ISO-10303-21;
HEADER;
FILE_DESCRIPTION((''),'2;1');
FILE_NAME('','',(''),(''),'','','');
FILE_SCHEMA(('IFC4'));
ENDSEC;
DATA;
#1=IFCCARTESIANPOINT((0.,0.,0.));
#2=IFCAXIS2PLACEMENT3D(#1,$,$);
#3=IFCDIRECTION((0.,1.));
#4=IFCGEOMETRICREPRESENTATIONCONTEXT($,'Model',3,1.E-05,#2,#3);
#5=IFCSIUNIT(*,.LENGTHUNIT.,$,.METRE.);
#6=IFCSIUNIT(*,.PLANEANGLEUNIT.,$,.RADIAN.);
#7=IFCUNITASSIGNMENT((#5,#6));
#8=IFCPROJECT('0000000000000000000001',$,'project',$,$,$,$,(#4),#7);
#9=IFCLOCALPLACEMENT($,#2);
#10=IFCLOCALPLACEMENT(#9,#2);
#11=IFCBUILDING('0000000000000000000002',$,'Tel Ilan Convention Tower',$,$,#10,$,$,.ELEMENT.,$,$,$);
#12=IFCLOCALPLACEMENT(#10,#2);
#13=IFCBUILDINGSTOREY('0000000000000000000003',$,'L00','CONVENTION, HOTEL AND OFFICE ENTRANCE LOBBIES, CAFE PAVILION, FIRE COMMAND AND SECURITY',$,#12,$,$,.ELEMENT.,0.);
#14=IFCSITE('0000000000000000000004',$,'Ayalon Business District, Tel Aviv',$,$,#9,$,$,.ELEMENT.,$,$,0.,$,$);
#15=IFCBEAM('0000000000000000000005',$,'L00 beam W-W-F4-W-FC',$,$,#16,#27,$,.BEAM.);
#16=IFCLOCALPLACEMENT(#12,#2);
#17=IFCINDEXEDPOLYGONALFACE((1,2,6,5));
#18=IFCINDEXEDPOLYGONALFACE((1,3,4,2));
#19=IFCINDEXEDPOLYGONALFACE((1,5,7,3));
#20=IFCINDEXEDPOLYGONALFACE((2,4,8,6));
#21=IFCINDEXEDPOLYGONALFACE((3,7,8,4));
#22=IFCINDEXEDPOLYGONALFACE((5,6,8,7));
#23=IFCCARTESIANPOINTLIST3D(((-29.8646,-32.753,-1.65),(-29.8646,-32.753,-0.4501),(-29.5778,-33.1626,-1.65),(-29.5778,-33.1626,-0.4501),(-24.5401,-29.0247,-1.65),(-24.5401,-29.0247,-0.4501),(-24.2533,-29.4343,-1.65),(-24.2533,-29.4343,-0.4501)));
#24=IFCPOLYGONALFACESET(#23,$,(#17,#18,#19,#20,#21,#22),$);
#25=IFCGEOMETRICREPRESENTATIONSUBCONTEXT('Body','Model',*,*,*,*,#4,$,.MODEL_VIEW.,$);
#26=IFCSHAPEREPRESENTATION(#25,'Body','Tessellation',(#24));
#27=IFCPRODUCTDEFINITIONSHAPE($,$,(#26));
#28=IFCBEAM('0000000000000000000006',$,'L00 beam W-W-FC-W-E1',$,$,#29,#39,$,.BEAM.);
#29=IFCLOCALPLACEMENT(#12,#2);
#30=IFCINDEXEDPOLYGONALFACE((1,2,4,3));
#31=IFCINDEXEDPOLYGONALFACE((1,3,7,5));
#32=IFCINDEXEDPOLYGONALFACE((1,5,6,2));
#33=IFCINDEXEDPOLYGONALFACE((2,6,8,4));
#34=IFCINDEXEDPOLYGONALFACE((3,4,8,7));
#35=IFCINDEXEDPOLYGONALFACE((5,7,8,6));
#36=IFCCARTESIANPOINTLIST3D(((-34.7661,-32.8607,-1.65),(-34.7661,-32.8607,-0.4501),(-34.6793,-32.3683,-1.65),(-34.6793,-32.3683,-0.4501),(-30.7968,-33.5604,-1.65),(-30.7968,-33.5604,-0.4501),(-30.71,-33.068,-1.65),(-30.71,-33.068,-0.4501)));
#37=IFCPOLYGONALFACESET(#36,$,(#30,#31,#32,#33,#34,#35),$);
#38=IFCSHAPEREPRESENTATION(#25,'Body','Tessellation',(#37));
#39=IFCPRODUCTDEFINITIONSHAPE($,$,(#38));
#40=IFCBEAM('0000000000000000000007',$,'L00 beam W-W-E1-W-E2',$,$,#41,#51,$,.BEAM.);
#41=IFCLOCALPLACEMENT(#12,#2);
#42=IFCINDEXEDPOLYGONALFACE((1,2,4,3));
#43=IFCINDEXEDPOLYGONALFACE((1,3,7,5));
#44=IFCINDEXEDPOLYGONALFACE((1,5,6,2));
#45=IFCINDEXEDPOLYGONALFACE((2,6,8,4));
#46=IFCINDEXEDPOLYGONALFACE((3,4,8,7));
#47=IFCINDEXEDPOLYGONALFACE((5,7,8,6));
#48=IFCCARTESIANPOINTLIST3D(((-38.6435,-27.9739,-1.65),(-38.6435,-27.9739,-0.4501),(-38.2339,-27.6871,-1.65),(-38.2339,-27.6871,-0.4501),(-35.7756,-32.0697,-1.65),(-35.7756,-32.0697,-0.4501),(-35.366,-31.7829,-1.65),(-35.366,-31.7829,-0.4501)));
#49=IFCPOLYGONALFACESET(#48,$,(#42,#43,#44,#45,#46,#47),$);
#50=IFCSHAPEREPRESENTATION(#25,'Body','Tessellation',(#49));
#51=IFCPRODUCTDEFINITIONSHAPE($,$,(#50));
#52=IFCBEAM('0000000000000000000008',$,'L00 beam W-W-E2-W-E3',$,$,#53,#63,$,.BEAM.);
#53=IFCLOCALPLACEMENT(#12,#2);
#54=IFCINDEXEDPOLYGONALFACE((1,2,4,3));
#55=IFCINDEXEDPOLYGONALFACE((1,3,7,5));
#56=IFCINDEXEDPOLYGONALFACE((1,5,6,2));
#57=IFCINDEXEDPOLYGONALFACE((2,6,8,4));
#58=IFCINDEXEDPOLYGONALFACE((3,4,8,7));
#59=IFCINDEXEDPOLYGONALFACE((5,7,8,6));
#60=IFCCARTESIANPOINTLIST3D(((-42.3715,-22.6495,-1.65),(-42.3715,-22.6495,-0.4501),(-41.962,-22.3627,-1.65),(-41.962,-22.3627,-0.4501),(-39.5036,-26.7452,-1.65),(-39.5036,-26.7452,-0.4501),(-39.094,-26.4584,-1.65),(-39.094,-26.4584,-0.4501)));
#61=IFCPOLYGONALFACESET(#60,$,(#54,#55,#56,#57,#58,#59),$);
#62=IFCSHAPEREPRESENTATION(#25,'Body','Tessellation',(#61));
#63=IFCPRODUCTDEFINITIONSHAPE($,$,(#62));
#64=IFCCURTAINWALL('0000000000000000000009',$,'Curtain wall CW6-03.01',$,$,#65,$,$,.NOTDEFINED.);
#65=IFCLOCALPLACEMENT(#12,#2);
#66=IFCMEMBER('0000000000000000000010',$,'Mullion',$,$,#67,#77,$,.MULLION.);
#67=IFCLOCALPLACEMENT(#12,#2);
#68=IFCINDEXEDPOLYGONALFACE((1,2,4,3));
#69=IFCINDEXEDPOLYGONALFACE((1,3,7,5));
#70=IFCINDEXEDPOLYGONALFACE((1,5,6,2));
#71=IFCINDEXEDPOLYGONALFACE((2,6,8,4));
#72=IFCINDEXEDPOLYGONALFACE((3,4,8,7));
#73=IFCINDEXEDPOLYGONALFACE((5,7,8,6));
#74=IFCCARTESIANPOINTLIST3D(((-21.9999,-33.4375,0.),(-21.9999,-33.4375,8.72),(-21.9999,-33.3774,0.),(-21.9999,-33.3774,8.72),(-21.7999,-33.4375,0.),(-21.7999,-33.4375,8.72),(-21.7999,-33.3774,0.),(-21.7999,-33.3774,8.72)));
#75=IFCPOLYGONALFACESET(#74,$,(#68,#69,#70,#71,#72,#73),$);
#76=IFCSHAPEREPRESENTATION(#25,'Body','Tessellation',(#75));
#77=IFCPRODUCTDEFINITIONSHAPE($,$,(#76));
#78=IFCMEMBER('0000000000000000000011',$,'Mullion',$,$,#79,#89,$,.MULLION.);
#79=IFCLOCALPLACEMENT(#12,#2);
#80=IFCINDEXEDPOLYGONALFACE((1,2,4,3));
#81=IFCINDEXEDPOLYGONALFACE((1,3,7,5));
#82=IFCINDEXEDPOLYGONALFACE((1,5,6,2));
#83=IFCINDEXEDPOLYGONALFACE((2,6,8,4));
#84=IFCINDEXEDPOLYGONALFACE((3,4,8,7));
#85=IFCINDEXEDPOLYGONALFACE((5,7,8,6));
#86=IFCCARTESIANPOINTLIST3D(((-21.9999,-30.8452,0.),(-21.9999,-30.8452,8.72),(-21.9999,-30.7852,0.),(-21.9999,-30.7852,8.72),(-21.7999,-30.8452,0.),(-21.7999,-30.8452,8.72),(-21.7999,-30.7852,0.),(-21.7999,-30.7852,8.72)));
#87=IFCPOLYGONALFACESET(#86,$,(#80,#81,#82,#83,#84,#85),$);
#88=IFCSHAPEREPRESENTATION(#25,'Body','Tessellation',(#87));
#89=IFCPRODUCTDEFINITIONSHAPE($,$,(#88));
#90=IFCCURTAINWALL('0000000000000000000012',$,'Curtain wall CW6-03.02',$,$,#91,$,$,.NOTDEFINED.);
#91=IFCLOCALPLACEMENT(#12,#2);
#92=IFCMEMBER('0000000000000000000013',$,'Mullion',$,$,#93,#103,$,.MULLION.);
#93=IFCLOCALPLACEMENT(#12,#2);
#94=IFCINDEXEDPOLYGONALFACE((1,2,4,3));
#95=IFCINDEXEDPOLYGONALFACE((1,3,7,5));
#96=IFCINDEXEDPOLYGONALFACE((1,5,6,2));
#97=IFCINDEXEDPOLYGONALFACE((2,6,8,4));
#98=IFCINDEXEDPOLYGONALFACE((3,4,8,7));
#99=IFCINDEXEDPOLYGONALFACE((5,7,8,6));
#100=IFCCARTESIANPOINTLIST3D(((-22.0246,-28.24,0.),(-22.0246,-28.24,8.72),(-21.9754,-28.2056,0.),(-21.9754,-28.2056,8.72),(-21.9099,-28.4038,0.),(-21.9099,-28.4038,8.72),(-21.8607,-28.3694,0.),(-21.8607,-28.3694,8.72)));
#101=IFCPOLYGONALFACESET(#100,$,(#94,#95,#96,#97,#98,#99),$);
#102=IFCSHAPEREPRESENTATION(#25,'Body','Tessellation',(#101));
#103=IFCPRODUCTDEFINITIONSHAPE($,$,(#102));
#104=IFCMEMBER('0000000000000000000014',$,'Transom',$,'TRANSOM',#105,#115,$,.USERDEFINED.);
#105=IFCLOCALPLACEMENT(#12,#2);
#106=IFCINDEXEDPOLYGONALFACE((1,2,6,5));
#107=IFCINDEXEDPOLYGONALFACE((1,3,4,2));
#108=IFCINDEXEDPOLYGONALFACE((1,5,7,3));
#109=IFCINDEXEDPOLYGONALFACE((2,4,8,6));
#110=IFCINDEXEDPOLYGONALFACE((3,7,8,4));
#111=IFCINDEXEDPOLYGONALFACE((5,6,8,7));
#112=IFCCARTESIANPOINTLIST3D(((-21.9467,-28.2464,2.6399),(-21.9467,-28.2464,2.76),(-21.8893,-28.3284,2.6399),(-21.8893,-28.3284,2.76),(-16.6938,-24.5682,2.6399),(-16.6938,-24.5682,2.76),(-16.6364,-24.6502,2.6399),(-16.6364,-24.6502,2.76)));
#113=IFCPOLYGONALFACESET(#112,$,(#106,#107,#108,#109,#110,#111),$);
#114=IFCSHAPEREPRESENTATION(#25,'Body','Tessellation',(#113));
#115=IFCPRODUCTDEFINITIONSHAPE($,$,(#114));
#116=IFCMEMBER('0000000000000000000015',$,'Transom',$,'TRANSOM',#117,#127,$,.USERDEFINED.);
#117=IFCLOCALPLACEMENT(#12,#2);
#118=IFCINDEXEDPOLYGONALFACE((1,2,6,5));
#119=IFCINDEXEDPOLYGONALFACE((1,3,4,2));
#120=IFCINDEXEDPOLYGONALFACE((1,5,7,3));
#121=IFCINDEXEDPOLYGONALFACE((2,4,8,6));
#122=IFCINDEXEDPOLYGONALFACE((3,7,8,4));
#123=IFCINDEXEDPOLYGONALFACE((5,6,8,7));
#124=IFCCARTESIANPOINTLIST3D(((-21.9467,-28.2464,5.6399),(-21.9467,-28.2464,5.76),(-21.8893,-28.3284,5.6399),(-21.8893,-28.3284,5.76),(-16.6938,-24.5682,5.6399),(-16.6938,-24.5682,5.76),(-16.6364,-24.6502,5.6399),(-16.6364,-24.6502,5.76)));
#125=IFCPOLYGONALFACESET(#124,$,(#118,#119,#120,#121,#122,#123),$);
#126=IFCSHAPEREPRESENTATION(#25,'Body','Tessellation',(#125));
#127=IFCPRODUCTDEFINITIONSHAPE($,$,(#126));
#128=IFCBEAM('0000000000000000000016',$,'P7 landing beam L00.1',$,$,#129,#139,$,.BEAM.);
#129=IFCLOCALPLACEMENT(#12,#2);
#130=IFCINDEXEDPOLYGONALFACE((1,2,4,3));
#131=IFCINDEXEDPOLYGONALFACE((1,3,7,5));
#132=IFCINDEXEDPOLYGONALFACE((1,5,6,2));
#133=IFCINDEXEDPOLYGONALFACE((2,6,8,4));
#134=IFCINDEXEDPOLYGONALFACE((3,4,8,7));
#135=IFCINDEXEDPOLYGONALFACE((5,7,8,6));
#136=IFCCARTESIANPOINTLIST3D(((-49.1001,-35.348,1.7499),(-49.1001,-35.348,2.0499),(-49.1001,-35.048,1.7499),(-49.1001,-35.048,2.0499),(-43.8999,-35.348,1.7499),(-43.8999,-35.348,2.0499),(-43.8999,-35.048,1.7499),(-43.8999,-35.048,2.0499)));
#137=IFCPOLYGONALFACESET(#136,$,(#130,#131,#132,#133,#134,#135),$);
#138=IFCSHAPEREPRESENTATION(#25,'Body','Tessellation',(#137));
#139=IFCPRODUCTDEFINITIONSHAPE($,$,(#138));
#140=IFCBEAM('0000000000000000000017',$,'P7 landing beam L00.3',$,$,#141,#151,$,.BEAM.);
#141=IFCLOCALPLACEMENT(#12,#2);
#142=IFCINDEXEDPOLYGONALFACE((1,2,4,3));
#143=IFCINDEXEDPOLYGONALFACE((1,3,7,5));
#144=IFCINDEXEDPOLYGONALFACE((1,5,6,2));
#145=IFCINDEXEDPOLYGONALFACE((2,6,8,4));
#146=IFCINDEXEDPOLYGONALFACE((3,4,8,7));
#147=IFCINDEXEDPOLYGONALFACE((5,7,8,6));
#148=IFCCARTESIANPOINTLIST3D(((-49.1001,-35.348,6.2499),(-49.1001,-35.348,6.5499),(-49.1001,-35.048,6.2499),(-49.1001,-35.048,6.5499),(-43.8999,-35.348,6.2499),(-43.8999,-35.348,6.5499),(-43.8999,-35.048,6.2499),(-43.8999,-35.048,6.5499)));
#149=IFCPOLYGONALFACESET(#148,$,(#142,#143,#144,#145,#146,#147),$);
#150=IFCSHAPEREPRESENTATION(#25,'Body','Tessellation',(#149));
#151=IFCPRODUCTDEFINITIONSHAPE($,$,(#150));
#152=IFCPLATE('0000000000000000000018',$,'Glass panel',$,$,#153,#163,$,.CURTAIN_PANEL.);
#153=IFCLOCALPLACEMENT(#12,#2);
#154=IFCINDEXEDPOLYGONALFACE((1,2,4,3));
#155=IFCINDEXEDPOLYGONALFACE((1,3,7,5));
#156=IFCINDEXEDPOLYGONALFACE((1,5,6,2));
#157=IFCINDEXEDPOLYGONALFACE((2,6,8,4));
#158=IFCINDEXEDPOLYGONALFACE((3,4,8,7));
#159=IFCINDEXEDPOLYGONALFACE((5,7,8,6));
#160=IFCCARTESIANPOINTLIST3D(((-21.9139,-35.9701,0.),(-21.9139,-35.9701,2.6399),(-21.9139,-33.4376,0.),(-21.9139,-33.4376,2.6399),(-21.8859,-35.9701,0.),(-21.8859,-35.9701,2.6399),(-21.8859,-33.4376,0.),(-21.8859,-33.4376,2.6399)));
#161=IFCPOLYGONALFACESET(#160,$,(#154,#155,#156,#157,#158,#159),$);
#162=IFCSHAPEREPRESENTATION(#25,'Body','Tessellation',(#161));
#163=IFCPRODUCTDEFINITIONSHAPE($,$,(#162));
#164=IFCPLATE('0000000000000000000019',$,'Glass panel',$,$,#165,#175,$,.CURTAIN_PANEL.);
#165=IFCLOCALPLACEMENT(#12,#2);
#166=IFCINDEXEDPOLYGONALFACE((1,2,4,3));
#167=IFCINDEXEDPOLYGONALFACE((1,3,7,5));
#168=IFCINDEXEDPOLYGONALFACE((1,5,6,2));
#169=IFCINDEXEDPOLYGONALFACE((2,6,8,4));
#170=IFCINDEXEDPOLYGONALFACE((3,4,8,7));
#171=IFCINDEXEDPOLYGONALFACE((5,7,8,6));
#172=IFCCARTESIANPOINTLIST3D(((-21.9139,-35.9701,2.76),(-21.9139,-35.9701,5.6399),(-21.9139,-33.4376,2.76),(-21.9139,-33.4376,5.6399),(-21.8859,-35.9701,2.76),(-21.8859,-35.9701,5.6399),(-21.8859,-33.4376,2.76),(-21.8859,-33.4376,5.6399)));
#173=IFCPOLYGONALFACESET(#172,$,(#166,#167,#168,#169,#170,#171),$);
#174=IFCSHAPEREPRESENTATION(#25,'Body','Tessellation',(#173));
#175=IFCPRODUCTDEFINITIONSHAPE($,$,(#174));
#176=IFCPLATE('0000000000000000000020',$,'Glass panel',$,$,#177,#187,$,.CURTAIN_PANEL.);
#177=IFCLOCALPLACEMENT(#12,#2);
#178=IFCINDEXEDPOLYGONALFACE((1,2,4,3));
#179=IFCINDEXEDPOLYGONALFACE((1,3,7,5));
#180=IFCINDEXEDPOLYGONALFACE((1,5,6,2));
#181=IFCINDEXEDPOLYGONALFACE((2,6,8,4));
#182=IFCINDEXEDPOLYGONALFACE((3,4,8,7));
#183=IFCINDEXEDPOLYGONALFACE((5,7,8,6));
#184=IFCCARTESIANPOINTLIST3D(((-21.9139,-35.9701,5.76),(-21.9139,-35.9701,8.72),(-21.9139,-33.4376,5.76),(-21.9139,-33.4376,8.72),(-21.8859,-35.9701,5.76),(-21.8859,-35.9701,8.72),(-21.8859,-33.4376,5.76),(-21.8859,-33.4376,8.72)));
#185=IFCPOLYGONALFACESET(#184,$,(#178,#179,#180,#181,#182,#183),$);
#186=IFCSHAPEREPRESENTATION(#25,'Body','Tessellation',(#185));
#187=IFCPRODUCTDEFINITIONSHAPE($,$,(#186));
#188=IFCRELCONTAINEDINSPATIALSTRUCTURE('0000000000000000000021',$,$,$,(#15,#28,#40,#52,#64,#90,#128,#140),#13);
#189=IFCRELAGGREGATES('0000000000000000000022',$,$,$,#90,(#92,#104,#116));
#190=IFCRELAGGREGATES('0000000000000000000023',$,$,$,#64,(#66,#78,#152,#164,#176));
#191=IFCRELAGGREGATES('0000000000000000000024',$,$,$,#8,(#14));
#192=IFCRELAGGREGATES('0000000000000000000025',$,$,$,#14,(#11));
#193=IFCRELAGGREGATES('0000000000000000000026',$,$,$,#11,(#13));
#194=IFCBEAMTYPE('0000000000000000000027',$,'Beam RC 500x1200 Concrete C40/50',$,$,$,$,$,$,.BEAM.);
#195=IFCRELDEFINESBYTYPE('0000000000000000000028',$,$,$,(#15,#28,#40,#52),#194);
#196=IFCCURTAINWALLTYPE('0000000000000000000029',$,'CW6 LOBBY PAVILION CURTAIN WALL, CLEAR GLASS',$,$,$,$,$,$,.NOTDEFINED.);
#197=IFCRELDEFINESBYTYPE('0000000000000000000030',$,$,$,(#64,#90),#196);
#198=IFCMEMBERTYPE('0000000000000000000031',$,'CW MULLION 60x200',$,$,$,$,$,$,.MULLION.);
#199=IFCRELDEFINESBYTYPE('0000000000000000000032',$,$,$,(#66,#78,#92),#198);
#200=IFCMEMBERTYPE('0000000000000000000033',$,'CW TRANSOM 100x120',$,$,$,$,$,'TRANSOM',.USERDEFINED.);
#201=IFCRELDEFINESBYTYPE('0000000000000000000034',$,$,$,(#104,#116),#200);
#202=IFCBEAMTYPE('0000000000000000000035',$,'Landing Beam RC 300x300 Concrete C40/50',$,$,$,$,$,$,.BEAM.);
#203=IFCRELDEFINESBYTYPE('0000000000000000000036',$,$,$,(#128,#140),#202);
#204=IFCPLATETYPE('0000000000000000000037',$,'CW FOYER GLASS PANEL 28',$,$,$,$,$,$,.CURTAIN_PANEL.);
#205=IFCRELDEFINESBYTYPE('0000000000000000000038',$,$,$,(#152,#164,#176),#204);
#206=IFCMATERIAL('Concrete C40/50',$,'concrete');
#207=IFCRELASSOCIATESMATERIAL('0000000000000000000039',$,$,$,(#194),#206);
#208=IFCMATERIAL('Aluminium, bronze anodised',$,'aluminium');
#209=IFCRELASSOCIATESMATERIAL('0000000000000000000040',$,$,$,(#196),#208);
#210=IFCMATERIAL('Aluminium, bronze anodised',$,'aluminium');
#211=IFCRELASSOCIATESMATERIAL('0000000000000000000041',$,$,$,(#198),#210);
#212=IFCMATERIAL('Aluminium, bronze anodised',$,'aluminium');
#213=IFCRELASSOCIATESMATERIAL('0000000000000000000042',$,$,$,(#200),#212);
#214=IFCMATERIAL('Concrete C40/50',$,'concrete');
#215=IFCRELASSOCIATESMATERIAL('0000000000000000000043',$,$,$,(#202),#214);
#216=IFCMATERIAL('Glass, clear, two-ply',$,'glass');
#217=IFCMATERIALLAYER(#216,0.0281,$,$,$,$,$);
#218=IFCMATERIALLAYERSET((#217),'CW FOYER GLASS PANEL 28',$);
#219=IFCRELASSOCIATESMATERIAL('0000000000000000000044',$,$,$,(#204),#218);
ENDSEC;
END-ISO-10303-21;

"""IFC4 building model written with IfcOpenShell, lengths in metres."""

from ifc_helpers import new_model, si_unit, direction, frame, origin, origin_2d, place, context, subcontext, project, spatial, rectangle, extrude, material, layer, layer_set, material_profile, profile_set, type_object, element, aggregate, save


model = new_model("IFC4")

# Units and contexts
model_context = context("Model", 3, precision=1e-05, world=origin(), true_north=direction((0.0, 1.0)))
body_context = subcontext(model_context, "Body", "Model", "MODEL_VIEW")
ifc_project = project(units=[si_unit("LENGTHUNIT", "METRE"), si_unit("PLANEANGLEUNIT", "RADIAN")], contexts=[model_context])

# Site, building, storey
site_placement = place(None, origin())
site = spatial("IfcSite", under=ifc_project, at=site_placement, Name="Ayalon Business District, Tel Aviv", CompositionType="ELEMENT", RefElevation=0.0)
building_placement = place(site_placement, origin())
building = spatial("IfcBuilding", under=site, at=building_placement, Name="Tel Ilan Convention Tower", CompositionType="ELEMENT")
storey_placement = place(building_placement, origin())
storey = spatial("IfcBuildingStorey", under=building, at=storey_placement, Name="L00", Description="CONVENTION, HOTEL AND OFFICE ENTRANCE LOBBIES, CAFE PAVILION, FIRE COMMAND AND SECURITY", CompositionType="ELEMENT", Elevation=0.0)

# Beams
ifc_material_1 = material(Name="Concrete C40/50", Category="concrete")
ifc_material_profile_1 = material_profile(ifc_material_1, rectangle(XDim=0.5, YDim=1.2, at=origin_2d()), Name="RC 500x1200")
ifc_profile_set_1 = profile_set([ifc_material_profile_1], Name="Concrete C40/50")
beam_type_1 = type_object("IfcBeamType", Name="Beam RC 500x1200 Concrete C40/50", PredefinedType="BEAM", material=ifc_profile_set_1)
beam_1_placement = place(storey_placement, frame((-24.3967, -29.2295, -1.05), z_axis=(-0.819149, -0.573581, 0.0), x_axis=(0.573581, -0.819149, 0.0)))
element("IfcBeam", 1, at=beam_1_placement, inside=storey, type_object=beam_type_1, Name="L00 beam W-W-F4-W-FC", PredefinedType="BEAM", context=body_context, shape_type="SweptSolid", body=[
    extrude(rectangle(XDim=0.5, YDim=1.2, at=origin_2d()), origin(), (0.0, 0.0, 1.0), 6.5),
])
beam_2_placement = place(storey_placement, frame((-30.7534, -33.3142, -1.05), z_axis=(-0.984815, 0.173606, 0.0), x_axis=(-0.173606, -0.984815, 0.0)))
element("IfcBeam", 2, at=beam_2_placement, inside=storey, type_object=beam_type_1, Name="L00 beam W-W-FC-W-E1", PredefinedType="BEAM", context=body_context, shape_type="SweptSolid", body=[
    extrude(rectangle(XDim=0.5, YDim=1.2, at=origin_2d()), origin(), (0.0, 0.0, 1.0), 4.0305),
])
for number, where, z_axis, x_axis, name in (
    (3, (-35.5708, -31.9263, -1.05), (-0.573587, 0.819145, 0.0), (-0.819145, -0.573587, 0.0), "L00 beam W-W-E1-W-E2"),
    (4, (-39.2988, -26.6018, -1.05), (-0.573587, 0.819145, 0.0), (-0.819145, -0.573587, 0.0), "L00 beam W-W-E2-W-E3"),
):
    element("IfcBeam", number, at=place(storey_placement, frame(where, z_axis=z_axis, x_axis=x_axis)), inside=storey, type_object=beam_type_1, Name=name, PredefinedType="BEAM", context=body_context, shape_type="SweptSolid", body=[
        extrude(rectangle(XDim=0.5, YDim=1.2, at=origin_2d()), origin(), (0.0, 0.0, 1.0), 5.0),
    ])

# Curtain walls, members
ifc_material_2 = material(Name="Aluminium, bronze anodised", Category="aluminium")
curtain_wall_type = type_object("IfcCurtainWallType", Name="CW6 LOBBY PAVILION CURTAIN WALL, CLEAR GLASS", PredefinedType="NOTDEFINED", material=ifc_material_2)
curtain_wall_1_placement = place(storey_placement, origin())
curtain_wall_1 = element("IfcCurtainWall", 5, at=curtain_wall_1_placement, inside=storey, type_object=curtain_wall_type, Name="Curtain wall CW6-03.01", PredefinedType="NOTDEFINED")
ifc_material_3 = material(Name="Aluminium, bronze anodised", Category="aluminium")
ifc_material_profile_2 = material_profile(ifc_material_3, rectangle(XDim=0.0601, YDim=0.2, at=origin_2d()), Name="CW MULLION 60x200")
ifc_profile_set_2 = profile_set([ifc_material_profile_2], Name="Aluminium, bronze anodised")
member_type_1 = type_object("IfcMemberType", Name="CW MULLION 60x200", PredefinedType="MULLION", material=ifc_profile_set_2)
member_1_placement = place(storey_placement, frame((-21.8999, -33.4075, 0.0), z_axis=(0.0, 0.0, 1.0), x_axis=(0.0, 1.0, 0.0)))
member_1 = element("IfcMember", 6, at=member_1_placement, type_object=member_type_1, Name="Mullion", PredefinedType="MULLION", context=body_context, shape_type="SweptSolid", body=[
    extrude(rectangle(XDim=0.0601, YDim=0.2, at=origin_2d()), origin(), (0.0, 0.0, 1.0), 8.72),
])
member_2_placement = place(storey_placement, frame((-21.8999, -30.8152, 0.0), z_axis=(0.0, 0.0, 1.0), x_axis=(0.0, 1.0, 0.0)))
member_2 = element("IfcMember", 7, at=member_2_placement, type_object=member_type_1, Name="Mullion", PredefinedType="MULLION", context=body_context, shape_type="SweptSolid", body=[
    extrude(rectangle(XDim=0.0601, YDim=0.2, at=origin_2d()), origin(), (0.0, 0.0, 1.0), 8.72),
])
curtain_wall_2_placement = place(storey_placement, origin())
curtain_wall_2 = element("IfcCurtainWall", 8, at=curtain_wall_2_placement, inside=storey, type_object=curtain_wall_type, Name="Curtain wall CW6-03.02", PredefinedType="NOTDEFINED")
member_3_placement = place(storey_placement, frame((-21.9426, -28.3047, 0.0), z_axis=(0.0, 0.0, 1.0), x_axis=(0.819152, 0.573576, 0.0)))
member_3 = element("IfcMember", 9, at=member_3_placement, type_object=member_type_1, Name="Mullion", PredefinedType="MULLION", context=body_context, shape_type="SweptSolid", body=[
    extrude(rectangle(XDim=0.0601, YDim=0.2, at=origin_2d()), origin(), (0.0, 0.0, 1.0), 8.72),
])
ifc_material_4 = material(Name="Aluminium, bronze anodised", Category="aluminium")
ifc_material_profile_3 = material_profile(ifc_material_4, rectangle(XDim=0.1001, YDim=0.1201, at=origin_2d()), Name="CW TRANSOM 100x120")
ifc_profile_set_3 = profile_set([ifc_material_profile_3], Name="Aluminium, bronze anodised")
member_type_2 = type_object("IfcMemberType", Name="CW TRANSOM 100x120", ElementType="TRANSOM", PredefinedType="USERDEFINED", material=ifc_profile_set_3)
member_4_placement = place(storey_placement, frame((-21.918, -28.2874, 2.7), z_axis=(0.819146, 0.573585, 0.0), x_axis=(-0.573585, 0.819146, 0.0)))
member_4 = element("IfcMember", 10, at=member_4_placement, type_object=member_type_2, Name="Transom", ObjectType="TRANSOM", PredefinedType="USERDEFINED", context=body_context, shape_type="SweptSolid", body=[
    extrude(rectangle(XDim=0.1001, YDim=0.1201, at=origin_2d()), origin(), (0.0, 0.0, 1.0), 6.4126),
])
member_5_placement = place(storey_placement, frame((-21.918, -28.2874, 5.7), z_axis=(0.819146, 0.573585, 0.0), x_axis=(-0.573585, 0.819146, 0.0)))
member_5 = element("IfcMember", 11, at=member_5_placement, type_object=member_type_2, Name="Transom", ObjectType="TRANSOM", PredefinedType="USERDEFINED", context=body_context, shape_type="SweptSolid", body=[
    extrude(rectangle(XDim=0.1001, YDim=0.1201, at=origin_2d()), origin(), (0.0, 0.0, 1.0), 6.4126),
])
aggregate(curtain_wall_2, [member_3, member_4, member_5])

# Beams
ifc_material_5 = material(Name="Concrete C40/50", Category="concrete")
ifc_material_profile_4 = material_profile(ifc_material_5, rectangle(XDim=0.3, YDim=0.3, at=origin_2d()), Name="RC 300x300")
ifc_profile_set_4 = profile_set([ifc_material_profile_4], Name="Concrete C40/50")
beam_type_2 = type_object("IfcBeamType", Name="Landing Beam RC 300x300 Concrete C40/50", PredefinedType="BEAM", material=ifc_profile_set_4)
for number, where, z_axis, x_axis, name in (
    (12, (-43.8999, -35.198, 1.8999), (-1.0, 0.0, 0.0), (0.0, -1.0, 0.0), "P7 landing beam L00.1"),
    (13, (-43.8999, -35.198, 6.3999), (-1.0, 0.0, 0.0), (0.0, -1.0, 0.0), "P7 landing beam L00.3"),
):
    element("IfcBeam", number, at=place(storey_placement, frame(where, z_axis=z_axis, x_axis=x_axis)), inside=storey, type_object=beam_type_2, Name=name, PredefinedType="BEAM", context=body_context, shape_type="SweptSolid", body=[
        extrude(rectangle(XDim=0.3, YDim=0.3, at=origin_2d()), origin(), (0.0, 0.0, 1.0), 5.2002),
    ])

# Plates
ifc_material_6 = material(Name="Glass, clear, two-ply", Category="glass")
ifc_layer_1 = layer(ifc_material_6, 0.0281)
ifc_layer_set_1 = layer_set([ifc_layer_1], Name="CW FOYER GLASS PANEL 28")
plate_type = type_object("IfcPlateType", Name="CW FOYER GLASS PANEL 28", PredefinedType="CURTAIN_PANEL", material=ifc_layer_set_1)
plate_1_placement = place(storey_placement, frame((-21.8999, -34.7039, 0.0), z_axis=(0.0, 0.0, 1.0), x_axis=(0.0, 1.0, 0.0)))
plate_1 = element("IfcPlate", 14, at=plate_1_placement, type_object=plate_type, Name="Glass panel", PredefinedType="CURTAIN_PANEL", context=body_context, shape_type="SweptSolid", body=[
    extrude(rectangle(XDim=2.5325, YDim=0.0281, at=origin_2d()), origin(), (0.0, 0.0, 1.0), 2.6399),
])
plate_2_placement = place(storey_placement, frame((-21.8999, -34.7039, 2.76), z_axis=(0.0, 0.0, 1.0), x_axis=(0.0, 1.0, 0.0)))
plate_2 = element("IfcPlate", 15, at=plate_2_placement, type_object=plate_type, Name="Glass panel", PredefinedType="CURTAIN_PANEL", context=body_context, shape_type="SweptSolid", body=[
    extrude(rectangle(XDim=2.5325, YDim=0.0281, at=origin_2d()), origin(), (0.0, 0.0, 1.0), 2.8799),
])
plate_3_placement = place(storey_placement, frame((-21.8999, -34.7039, 5.76), z_axis=(0.0, 0.0, 1.0), x_axis=(0.0, 1.0, 0.0)))
plate_3 = element("IfcPlate", 16, at=plate_3_placement, type_object=plate_type, Name="Glass panel", PredefinedType="CURTAIN_PANEL", context=body_context, shape_type="SweptSolid", body=[
    extrude(rectangle(XDim=2.5325, YDim=0.0281, at=origin_2d()), origin(), (0.0, 0.0, 1.0), 2.96),
])
aggregate(curtain_wall_1, [member_1, member_2, plate_1, plate_2, plate_3])

save(model, "model.ifc")
